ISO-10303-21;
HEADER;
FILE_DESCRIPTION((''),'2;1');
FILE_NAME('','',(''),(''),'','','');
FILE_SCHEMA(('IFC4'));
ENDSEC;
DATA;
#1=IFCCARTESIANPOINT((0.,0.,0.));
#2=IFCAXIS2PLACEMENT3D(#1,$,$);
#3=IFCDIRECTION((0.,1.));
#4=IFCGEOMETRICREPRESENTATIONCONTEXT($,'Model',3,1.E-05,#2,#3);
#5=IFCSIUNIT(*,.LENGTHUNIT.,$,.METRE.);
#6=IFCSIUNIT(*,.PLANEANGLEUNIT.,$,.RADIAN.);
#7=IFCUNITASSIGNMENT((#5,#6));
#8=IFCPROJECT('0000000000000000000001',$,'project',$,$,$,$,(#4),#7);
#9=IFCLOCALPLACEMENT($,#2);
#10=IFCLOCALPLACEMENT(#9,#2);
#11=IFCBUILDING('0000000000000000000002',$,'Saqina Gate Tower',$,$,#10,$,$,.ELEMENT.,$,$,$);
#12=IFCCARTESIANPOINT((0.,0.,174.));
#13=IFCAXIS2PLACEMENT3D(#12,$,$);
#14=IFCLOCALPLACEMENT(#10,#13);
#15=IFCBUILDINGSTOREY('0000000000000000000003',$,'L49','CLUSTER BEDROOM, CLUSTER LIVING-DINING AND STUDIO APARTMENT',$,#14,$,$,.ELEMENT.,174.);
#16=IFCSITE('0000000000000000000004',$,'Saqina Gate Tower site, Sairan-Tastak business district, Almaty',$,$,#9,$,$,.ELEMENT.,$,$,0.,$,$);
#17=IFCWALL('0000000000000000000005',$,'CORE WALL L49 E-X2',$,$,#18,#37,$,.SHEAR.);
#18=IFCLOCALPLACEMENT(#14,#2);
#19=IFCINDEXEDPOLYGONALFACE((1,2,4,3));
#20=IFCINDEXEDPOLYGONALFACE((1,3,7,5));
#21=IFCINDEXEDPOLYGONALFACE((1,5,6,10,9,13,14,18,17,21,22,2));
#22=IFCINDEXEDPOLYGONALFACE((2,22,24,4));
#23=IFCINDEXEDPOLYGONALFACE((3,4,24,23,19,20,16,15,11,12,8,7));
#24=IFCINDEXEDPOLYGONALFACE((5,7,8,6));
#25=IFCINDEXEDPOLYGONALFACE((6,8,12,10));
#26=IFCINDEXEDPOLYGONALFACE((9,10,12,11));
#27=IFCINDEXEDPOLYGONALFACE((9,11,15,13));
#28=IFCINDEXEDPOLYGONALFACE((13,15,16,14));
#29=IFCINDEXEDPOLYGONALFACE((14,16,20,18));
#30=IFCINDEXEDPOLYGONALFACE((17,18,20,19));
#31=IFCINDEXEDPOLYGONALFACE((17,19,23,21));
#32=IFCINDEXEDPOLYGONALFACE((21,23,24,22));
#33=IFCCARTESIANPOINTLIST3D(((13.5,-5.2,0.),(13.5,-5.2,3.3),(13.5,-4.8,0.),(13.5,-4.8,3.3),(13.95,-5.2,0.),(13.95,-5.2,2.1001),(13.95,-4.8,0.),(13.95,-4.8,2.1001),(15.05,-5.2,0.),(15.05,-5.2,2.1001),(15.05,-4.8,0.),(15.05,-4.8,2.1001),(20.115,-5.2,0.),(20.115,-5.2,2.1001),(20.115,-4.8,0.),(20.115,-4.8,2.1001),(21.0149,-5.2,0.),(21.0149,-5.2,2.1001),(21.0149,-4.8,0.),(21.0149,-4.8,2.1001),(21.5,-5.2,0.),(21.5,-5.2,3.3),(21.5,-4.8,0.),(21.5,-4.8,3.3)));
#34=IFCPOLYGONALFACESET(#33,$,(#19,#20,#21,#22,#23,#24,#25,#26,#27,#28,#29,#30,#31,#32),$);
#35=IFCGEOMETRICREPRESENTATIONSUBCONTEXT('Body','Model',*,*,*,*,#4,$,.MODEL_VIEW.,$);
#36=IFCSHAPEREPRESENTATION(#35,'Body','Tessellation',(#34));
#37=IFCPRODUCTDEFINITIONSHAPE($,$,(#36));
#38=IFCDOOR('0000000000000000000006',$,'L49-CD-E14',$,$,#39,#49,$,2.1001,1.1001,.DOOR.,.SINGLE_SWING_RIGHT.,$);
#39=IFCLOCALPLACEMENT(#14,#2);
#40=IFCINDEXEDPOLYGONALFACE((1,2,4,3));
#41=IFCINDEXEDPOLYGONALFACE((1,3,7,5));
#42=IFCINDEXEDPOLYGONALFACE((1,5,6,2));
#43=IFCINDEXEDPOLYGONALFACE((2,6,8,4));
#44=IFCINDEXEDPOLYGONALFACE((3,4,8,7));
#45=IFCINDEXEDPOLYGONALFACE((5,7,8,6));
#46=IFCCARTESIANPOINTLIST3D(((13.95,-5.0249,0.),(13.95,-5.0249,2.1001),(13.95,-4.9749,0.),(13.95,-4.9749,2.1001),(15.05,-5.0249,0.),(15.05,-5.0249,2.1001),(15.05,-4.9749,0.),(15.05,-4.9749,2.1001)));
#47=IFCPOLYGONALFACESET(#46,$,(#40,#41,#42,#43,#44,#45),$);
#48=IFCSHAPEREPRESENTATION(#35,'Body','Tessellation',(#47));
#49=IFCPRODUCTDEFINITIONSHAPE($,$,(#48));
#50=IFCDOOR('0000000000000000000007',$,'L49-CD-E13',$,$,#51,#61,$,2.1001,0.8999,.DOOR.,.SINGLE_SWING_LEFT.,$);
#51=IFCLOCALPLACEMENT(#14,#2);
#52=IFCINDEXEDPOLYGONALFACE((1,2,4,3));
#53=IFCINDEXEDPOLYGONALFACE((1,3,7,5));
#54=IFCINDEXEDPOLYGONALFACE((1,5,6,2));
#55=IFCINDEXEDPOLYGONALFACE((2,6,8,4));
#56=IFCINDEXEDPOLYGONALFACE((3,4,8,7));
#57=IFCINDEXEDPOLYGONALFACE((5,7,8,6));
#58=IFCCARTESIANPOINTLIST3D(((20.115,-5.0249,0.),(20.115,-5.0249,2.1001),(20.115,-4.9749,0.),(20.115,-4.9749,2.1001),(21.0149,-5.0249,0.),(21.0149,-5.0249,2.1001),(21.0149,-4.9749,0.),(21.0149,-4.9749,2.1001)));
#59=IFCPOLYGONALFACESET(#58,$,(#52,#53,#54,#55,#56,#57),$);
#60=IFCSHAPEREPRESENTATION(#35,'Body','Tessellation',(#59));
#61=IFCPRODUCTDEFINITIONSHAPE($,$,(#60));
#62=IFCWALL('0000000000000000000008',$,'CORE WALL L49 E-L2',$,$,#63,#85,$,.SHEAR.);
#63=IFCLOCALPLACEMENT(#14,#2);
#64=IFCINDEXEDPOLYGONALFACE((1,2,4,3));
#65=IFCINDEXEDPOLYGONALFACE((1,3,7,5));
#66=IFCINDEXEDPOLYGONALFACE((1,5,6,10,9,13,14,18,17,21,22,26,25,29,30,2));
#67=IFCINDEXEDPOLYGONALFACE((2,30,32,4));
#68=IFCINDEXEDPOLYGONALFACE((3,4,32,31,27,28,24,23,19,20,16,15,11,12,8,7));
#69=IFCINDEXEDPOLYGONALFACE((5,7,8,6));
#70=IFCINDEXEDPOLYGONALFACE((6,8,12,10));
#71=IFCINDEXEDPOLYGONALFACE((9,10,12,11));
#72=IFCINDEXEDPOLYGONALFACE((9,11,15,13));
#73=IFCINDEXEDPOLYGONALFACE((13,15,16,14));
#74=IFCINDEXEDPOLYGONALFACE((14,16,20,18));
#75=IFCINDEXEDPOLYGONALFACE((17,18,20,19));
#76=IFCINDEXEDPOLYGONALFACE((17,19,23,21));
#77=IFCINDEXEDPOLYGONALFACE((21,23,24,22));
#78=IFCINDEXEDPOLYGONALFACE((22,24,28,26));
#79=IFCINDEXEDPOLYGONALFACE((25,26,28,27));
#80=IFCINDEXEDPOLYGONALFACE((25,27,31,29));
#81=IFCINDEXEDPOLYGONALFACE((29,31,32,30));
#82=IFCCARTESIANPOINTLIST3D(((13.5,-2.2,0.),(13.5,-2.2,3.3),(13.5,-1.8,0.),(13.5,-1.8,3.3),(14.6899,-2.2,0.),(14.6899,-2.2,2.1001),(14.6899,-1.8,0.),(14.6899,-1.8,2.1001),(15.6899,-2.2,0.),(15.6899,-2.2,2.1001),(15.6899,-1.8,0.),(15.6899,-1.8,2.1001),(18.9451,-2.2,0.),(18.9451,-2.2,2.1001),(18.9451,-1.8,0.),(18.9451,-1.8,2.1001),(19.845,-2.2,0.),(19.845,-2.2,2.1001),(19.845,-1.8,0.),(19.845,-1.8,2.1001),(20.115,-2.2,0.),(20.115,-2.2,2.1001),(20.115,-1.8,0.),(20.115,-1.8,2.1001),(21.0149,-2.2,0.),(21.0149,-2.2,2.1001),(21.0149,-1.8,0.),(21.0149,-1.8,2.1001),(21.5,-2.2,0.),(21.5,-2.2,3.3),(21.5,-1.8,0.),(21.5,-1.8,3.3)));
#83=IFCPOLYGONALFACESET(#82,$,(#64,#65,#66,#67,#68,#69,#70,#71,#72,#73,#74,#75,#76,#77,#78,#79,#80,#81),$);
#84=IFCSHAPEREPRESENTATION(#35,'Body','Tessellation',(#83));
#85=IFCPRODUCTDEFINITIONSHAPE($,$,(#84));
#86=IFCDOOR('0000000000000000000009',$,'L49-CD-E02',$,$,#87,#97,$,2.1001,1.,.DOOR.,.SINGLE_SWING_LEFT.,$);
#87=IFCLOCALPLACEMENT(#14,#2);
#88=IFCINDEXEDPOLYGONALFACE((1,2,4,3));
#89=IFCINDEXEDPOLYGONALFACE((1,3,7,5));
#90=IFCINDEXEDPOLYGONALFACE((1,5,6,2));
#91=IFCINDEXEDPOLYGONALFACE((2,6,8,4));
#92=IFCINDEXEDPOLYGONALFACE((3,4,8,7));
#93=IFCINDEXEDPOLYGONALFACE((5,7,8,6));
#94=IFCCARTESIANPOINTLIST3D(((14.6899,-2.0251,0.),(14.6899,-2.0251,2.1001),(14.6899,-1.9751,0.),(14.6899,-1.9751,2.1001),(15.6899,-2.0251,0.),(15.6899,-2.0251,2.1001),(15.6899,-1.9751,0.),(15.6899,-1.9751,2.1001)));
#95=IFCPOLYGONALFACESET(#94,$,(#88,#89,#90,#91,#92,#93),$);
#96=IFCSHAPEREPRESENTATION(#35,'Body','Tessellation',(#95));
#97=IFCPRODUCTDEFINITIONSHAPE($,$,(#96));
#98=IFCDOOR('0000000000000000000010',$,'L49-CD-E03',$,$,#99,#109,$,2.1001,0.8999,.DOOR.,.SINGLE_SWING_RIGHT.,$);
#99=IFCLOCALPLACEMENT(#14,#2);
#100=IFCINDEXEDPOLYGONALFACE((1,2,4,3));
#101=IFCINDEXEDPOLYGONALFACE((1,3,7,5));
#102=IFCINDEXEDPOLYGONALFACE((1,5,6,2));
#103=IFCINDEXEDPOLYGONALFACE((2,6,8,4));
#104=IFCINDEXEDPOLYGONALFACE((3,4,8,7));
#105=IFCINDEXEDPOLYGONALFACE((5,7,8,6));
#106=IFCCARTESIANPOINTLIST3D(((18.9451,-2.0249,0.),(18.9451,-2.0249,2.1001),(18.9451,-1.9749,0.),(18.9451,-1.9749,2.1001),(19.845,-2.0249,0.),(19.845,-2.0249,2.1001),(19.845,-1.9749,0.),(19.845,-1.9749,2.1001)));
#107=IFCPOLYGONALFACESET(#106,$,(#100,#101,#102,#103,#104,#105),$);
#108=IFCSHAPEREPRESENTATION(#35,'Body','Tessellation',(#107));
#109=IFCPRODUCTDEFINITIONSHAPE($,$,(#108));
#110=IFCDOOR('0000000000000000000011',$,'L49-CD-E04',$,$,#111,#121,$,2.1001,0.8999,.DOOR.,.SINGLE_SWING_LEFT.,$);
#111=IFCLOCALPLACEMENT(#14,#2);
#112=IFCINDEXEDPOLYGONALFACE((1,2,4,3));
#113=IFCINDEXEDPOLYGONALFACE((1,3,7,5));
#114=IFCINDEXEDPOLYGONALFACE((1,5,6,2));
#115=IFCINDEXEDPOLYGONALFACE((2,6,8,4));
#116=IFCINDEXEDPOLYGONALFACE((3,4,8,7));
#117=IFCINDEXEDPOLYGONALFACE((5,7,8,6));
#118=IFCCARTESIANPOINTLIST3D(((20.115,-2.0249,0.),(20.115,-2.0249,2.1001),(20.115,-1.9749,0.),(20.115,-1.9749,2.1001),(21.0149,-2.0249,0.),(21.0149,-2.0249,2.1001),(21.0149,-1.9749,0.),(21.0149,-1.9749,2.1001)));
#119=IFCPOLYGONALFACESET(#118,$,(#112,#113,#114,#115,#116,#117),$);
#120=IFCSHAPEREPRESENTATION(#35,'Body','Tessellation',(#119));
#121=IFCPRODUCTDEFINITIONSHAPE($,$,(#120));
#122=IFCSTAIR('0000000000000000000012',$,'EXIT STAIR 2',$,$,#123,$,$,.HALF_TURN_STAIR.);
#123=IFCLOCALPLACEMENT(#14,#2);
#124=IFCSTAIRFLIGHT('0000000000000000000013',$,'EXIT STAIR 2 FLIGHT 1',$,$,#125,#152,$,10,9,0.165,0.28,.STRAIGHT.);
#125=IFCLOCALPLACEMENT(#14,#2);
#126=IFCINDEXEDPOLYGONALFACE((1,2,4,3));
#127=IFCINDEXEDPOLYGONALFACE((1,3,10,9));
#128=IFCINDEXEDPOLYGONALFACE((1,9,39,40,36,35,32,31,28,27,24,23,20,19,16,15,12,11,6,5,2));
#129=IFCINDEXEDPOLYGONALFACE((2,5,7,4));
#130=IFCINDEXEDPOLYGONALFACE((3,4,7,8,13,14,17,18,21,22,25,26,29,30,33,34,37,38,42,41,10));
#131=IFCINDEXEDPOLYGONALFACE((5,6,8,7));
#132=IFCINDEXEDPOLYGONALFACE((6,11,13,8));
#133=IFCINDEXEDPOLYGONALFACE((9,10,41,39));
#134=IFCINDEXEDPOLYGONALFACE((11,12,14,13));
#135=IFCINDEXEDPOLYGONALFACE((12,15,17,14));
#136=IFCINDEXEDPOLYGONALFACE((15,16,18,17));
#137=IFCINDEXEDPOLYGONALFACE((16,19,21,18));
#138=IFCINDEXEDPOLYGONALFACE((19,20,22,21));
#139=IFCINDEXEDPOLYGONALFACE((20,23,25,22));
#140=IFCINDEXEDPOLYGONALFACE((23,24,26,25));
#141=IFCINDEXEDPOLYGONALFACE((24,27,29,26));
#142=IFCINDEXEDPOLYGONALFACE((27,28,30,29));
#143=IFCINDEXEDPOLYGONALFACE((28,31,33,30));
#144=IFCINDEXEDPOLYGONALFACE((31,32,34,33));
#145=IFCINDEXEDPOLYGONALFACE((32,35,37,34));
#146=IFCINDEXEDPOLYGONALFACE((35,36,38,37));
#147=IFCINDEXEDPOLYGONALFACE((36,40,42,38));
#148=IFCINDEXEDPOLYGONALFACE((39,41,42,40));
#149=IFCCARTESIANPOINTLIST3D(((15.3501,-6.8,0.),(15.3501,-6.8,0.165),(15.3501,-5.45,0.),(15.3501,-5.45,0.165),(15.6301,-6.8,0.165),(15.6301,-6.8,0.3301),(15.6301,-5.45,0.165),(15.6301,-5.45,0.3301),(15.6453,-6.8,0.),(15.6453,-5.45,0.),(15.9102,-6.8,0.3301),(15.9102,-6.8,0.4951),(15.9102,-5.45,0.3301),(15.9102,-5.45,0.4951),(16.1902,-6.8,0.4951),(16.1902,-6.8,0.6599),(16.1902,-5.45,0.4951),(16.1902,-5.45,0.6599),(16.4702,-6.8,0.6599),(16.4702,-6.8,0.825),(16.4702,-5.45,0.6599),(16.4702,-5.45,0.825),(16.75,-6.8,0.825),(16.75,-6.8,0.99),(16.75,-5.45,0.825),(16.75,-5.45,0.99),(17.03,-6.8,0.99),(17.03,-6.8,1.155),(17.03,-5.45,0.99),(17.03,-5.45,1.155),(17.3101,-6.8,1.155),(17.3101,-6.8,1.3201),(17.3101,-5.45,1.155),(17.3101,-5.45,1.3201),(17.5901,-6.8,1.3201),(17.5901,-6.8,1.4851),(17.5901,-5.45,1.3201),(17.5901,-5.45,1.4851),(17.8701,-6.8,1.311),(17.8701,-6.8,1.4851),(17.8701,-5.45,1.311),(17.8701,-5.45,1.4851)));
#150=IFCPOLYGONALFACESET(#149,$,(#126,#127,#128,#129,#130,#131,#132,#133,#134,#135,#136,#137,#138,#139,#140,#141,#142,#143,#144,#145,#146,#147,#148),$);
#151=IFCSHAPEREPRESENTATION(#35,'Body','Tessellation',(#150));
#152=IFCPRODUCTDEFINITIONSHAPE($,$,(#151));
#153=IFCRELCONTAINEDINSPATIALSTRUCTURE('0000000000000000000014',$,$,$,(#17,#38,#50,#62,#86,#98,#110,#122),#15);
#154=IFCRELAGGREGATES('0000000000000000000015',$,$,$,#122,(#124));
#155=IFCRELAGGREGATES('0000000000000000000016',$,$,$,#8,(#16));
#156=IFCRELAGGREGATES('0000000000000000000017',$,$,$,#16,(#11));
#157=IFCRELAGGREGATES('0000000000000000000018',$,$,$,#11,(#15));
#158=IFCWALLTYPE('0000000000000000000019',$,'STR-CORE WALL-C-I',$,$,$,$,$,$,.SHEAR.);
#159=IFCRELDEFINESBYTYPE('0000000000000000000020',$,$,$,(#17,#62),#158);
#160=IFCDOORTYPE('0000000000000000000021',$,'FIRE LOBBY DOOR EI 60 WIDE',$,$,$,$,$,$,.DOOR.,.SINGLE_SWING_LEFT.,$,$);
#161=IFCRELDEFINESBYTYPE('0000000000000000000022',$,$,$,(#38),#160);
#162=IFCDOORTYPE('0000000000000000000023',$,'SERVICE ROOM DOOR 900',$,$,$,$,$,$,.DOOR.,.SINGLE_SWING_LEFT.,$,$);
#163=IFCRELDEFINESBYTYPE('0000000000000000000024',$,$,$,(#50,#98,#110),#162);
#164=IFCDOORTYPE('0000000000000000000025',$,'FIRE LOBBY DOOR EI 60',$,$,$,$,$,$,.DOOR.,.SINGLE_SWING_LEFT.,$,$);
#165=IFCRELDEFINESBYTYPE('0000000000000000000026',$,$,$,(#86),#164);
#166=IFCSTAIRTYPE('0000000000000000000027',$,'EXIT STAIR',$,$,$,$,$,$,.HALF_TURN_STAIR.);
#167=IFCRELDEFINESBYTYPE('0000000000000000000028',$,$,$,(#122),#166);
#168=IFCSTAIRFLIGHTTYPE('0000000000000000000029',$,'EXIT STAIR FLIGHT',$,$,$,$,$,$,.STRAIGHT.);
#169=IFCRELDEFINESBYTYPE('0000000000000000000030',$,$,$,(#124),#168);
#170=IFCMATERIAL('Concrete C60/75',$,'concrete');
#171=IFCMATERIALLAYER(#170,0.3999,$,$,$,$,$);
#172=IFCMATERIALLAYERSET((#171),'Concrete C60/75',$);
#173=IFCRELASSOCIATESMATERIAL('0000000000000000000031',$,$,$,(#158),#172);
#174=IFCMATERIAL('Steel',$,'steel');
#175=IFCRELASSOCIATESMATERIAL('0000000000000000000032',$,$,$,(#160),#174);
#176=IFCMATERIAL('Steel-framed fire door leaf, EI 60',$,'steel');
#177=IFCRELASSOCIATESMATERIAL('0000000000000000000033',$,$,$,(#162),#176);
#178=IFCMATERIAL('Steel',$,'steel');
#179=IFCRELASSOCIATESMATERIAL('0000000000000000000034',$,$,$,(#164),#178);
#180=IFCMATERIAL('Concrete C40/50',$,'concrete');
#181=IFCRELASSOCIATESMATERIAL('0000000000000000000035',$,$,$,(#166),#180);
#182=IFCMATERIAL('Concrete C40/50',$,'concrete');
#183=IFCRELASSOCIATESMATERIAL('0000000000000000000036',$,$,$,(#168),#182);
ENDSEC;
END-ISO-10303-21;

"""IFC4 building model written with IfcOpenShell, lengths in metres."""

from ifc_helpers import new_model, si_unit, direction, frame, frame_2d, origin, place, context, subcontext, project, spatial, polyline, rectangle, outline, extrude, material, layer, layer_set, type_object, element, fill, aggregate, save


model = new_model("IFC4")

# Units and contexts
model_context = context("Model", 3, precision=1e-05, world=origin(), true_north=direction((0.0, 1.0)))
body_context = subcontext(model_context, "Body", "Model", "MODEL_VIEW")
ifc_project = project(units=[si_unit("LENGTHUNIT", "METRE"), si_unit("PLANEANGLEUNIT", "RADIAN")], contexts=[model_context])

# Site, building, storey
site_placement = place(None, origin())
site = spatial("IfcSite", under=ifc_project, at=site_placement, Name="Saqina Gate Tower site, Sairan-Tastak business district, Almaty", CompositionType="ELEMENT", RefElevation=0.0)
building_placement = place(site_placement, origin())
building = spatial("IfcBuilding", under=site, at=building_placement, Name="Saqina Gate Tower", CompositionType="ELEMENT")
storey_placement = place(building_placement, frame((0.0, 0.0, 174.0)))
storey = spatial("IfcBuildingStorey", under=building, at=storey_placement, Name="L49", Description="CLUSTER BEDROOM, CLUSTER LIVING-DINING AND STUDIO APARTMENT", CompositionType="ELEMENT", Elevation=174.0)

# Walls, openings, doors
ifc_material_1 = material(Name="Concrete C60/75", Category="concrete")
ifc_layer_1 = layer(ifc_material_1, 0.3999)
ifc_layer_set_1 = layer_set([ifc_layer_1], Name="Concrete C60/75")
wall_type_1 = type_object("IfcWallType", Name="STR-CORE WALL-C-I", PredefinedType="SHEAR", material=ifc_layer_set_1)
wall_1_placement = place(storey_placement, frame((13.5, -5.0, 0.0), z_axis=(0.0, 0.0, 1.0), x_axis=(1.0, 0.0, 0.0)))
wall_1 = element("IfcWall", 1, at=wall_1_placement, inside=storey, type_object=wall_type_1, Name="CORE WALL L49 E-X2", PredefinedType="SHEAR", context=body_context, shape_type="SweptSolid", body=[
    extrude(rectangle(XDim=8.0, YDim=0.3999, at=frame_2d((4.0, 0.0))), origin(), (0.0, 0.0, 1.0), 3.3),
])
opening_1_placement = place(wall_1_placement, frame((6.615, 0.0, 0.0)))
opening_1 = element("IfcOpeningElement", 2, at=opening_1_placement, cuts=wall_1, PredefinedType="OPENING", context=body_context, shape_type="SweptSolid", body=[
    extrude(rectangle(XDim=0.8999, YDim=2.1001, at=frame_2d((0.45, 1.05))), frame((0.0, 0.2119, 0.0), z_axis=(0.0, -1.0, 0.0), x_axis=(1.0, 0.0, 0.0)), (0.0, 0.0, 1.0), 0.4238),
])
opening_2_placement = place(wall_1_placement, frame((0.45, 0.0, 0.0)))
opening_2 = element("IfcOpeningElement", 3, at=opening_2_placement, cuts=wall_1, PredefinedType="OPENING", context=body_context, shape_type="SweptSolid", body=[
    extrude(rectangle(XDim=1.1001, YDim=2.1001, at=frame_2d((0.55, 1.05))), frame((0.0, 0.2119, 0.0), z_axis=(0.0, -1.0, 0.0), x_axis=(1.0, 0.0, 0.0)), (0.0, 0.0, 1.0), 0.4238),
])
ifc_material_2 = material(Name="Steel", Category="steel")
door_type_1 = type_object("IfcDoorType", Name="FIRE LOBBY DOOR EI 60 WIDE", OperationType="SINGLE_SWING_LEFT", PredefinedType="DOOR", material=ifc_material_2)
door_1_placement = place(opening_2_placement, frame((1.1001, 0.0, 0.0), z_axis=(0.0, 0.0, 1.0), x_axis=(-1.0, 0.0, 0.0)))
door_1 = element("IfcDoor", 4, at=door_1_placement, inside=storey, type_object=door_type_1, Name="L49-CD-E14", OperationType="SINGLE_SWING_RIGHT", OverallHeight=2.1001, OverallWidth=1.1001, PredefinedType="DOOR", context=body_context, shape_type="SweptSolid", body=[
    extrude(rectangle(XDim=1.1001, YDim=2.1001, at=frame_2d((0.55, 1.05))), frame((0.0, 0.0249, 0.0), z_axis=(0.0, -1.0, 0.0), x_axis=(1.0, 0.0, 0.0)), (0.0, 0.0, 1.0), 0.05),
])
fill(opening_2, door_1)
ifc_material_3 = material(Name="Steel-framed fire door leaf, EI 60", Category="steel")
door_type_2 = type_object("IfcDoorType", Name="SERVICE ROOM DOOR 900", OperationType="SINGLE_SWING_LEFT", PredefinedType="DOOR", material=ifc_material_3)
door_2_placement = place(opening_1_placement, frame((0.8999, 0.0, 0.0), z_axis=(0.0, 0.0, 1.0), x_axis=(-1.0, 0.0, 0.0)))
door_2 = element("IfcDoor", 5, at=door_2_placement, inside=storey, type_object=door_type_2, Name="L49-CD-E13", OperationType="SINGLE_SWING_LEFT", OverallHeight=2.1001, OverallWidth=0.8999, PredefinedType="DOOR", context=body_context, shape_type="SweptSolid", body=[
    extrude(rectangle(XDim=0.8999, YDim=2.1001, at=frame_2d((0.45, 1.05))), frame((0.0, 0.0249, 0.0), z_axis=(0.0, -1.0, 0.0), x_axis=(1.0, 0.0, 0.0)), (0.0, 0.0, 1.0), 0.05),
])
fill(opening_1, door_2)
wall_2_placement = place(storey_placement, frame((13.5, -2.0, 0.0), z_axis=(0.0, 0.0, 1.0), x_axis=(1.0, 0.0, 0.0)))
wall_2 = element("IfcWall", 6, at=wall_2_placement, inside=storey, type_object=wall_type_1, Name="CORE WALL L49 E-L2", PredefinedType="SHEAR", context=body_context, shape_type="SweptSolid", body=[
    extrude(rectangle(XDim=8.0, YDim=0.3999, at=frame_2d((4.0, 0.0))), origin(), (0.0, 0.0, 1.0), 3.3),
])
opening_3_placement = place(wall_2_placement, frame((1.1899, 0.0, 0.0)))
opening_3 = element("IfcOpeningElement", 7, at=opening_3_placement, cuts=wall_2, PredefinedType="OPENING", context=body_context, shape_type="SweptSolid", body=[
    extrude(rectangle(XDim=1.0, YDim=2.1001, at=frame_2d((0.5, 1.05))), frame((0.0, 0.2119, 0.0), z_axis=(0.0, -1.0, 0.0), x_axis=(1.0, 0.0, 0.0)), (0.0, 0.0, 1.0), 0.4238),
])
opening_4_placement = place(wall_2_placement, frame((5.4451, 0.0, 0.0)))
opening_4 = element("IfcOpeningElement", 8, at=opening_4_placement, cuts=wall_2, PredefinedType="OPENING", context=body_context, shape_type="SweptSolid", body=[
    extrude(rectangle(XDim=0.8999, YDim=2.1001, at=frame_2d((0.45, 1.05))), frame((0.0, 0.2119, 0.0), z_axis=(0.0, -1.0, 0.0), x_axis=(1.0, 0.0, 0.0)), (0.0, 0.0, 1.0), 0.4238),
])
opening_5_placement = place(wall_2_placement, frame((6.615, 0.0, 0.0)))
opening_5 = element("IfcOpeningElement", 9, at=opening_5_placement, cuts=wall_2, PredefinedType="OPENING", context=body_context, shape_type="SweptSolid", body=[
    extrude(rectangle(XDim=0.8999, YDim=2.1001, at=frame_2d((0.45, 1.05))), frame((0.0, 0.2119, 0.0), z_axis=(0.0, -1.0, 0.0), x_axis=(1.0, 0.0, 0.0)), (0.0, 0.0, 1.0), 0.4238),
])
ifc_material_4 = material(Name="Steel", Category="steel")
door_type_3 = type_object("IfcDoorType", Name="FIRE LOBBY DOOR EI 60", OperationType="SINGLE_SWING_LEFT", PredefinedType="DOOR", material=ifc_material_4)
door_3_placement = place(opening_3_placement, origin())
door_3 = element("IfcDoor", 10, at=door_3_placement, inside=storey, type_object=door_type_3, Name="L49-CD-E02", OperationType="SINGLE_SWING_LEFT", OverallHeight=2.1001, OverallWidth=1.0, PredefinedType="DOOR", context=body_context, shape_type="SweptSolid", body=[
    extrude(rectangle(XDim=1.0, YDim=2.1001, at=frame_2d((0.5, 1.05))), frame((0.0, 0.0249, 0.0), z_axis=(0.0, -1.0, 0.0), x_axis=(1.0, 0.0, 0.0)), (0.0, 0.0, 1.0), 0.05),
])
fill(opening_3, door_3)
door_4_placement = place(opening_4_placement, frame((0.8999, 0.0, 0.0), z_axis=(0.0, 0.0, 1.0), x_axis=(-1.0, 0.0, 0.0)))
door_4 = element("IfcDoor", 11, at=door_4_placement, inside=storey, type_object=door_type_2, Name="L49-CD-E03", OperationType="SINGLE_SWING_RIGHT", OverallHeight=2.1001, OverallWidth=0.8999, PredefinedType="DOOR", context=body_context, shape_type="SweptSolid", body=[
    extrude(rectangle(XDim=0.8999, YDim=2.1001, at=frame_2d((0.45, 1.05))), frame((0.0, 0.0249, 0.0), z_axis=(0.0, -1.0, 0.0), x_axis=(1.0, 0.0, 0.0)), (0.0, 0.0, 1.0), 0.05),
])
fill(opening_4, door_4)
door_5_placement = place(opening_5_placement, frame((0.8999, 0.0, 0.0), z_axis=(0.0, 0.0, 1.0), x_axis=(-1.0, 0.0, 0.0)))
door_5 = element("IfcDoor", 12, at=door_5_placement, inside=storey, type_object=door_type_2, Name="L49-CD-E04", OperationType="SINGLE_SWING_LEFT", OverallHeight=2.1001, OverallWidth=0.8999, PredefinedType="DOOR", context=body_context, shape_type="SweptSolid", body=[
    extrude(rectangle(XDim=0.8999, YDim=2.1001, at=frame_2d((0.45, 1.05))), frame((0.0, 0.0249, 0.0), z_axis=(0.0, -1.0, 0.0), x_axis=(1.0, 0.0, 0.0)), (0.0, 0.0, 1.0), 0.05),
])
fill(opening_5, door_5)

# Stair, stair flight
ifc_material_5 = material(Name="Concrete C40/50", Category="concrete")
stair_type = type_object("IfcStairType", Name="EXIT STAIR", PredefinedType="HALF_TURN_STAIR", material=ifc_material_5)
stair_placement = place(storey_placement, origin())
stair = element("IfcStair", 13, at=stair_placement, inside=storey, type_object=stair_type, Name="EXIT STAIR 2", PredefinedType="HALF_TURN_STAIR")
ifc_material_6 = material(Name="Concrete C40/50", Category="concrete")
stair_flight_type = type_object("IfcStairFlightType", Name="EXIT STAIR FLIGHT", PredefinedType="STRAIGHT", material=ifc_material_6)
stair_flight_1_placement = place(storey_placement, frame((15.3501, -6.125, 0.0), z_axis=(0.0, 0.0, 1.0), x_axis=(1.0, 0.0, 0.0)))
stair_flight_1 = element("IfcStairFlight", 14, at=stair_flight_1_placement, type_object=stair_flight_type, Name="EXIT STAIR 2 FLIGHT 1", NumberOfRisers=10, NumberOfTreads=9, PredefinedType="STRAIGHT", RiserHeight=0.165, TreadLength=0.28, context=body_context, shape_type="SweptSolid", body=[
    extrude(outline(polyline([(0.0, 0.0), (0.0, 0.165), (0.28, 0.165), (0.28, 0.3301), (0.5601, 0.3301), (0.5601, 0.4951), (0.8401, 0.4951), (0.8401, 0.6599), (1.1201, 0.6599), (1.1201, 0.825), (1.3999, 0.825), (1.3999, 0.99), (1.6799, 0.99), (1.6799, 1.155), (1.96, 1.155), (1.96, 1.3201), (2.24, 1.3201), (2.24, 1.4851), (2.52, 1.4851), (2.52, 1.6499), (2.52, 1.311), (0.2952, 0.0), (0.0, 0.0)])), frame((0.0, 0.675, 0.0), z_axis=(0.0, -1.0, 0.0), x_axis=(1.0, 0.0, 0.0)), (0.0, 0.0, 1.0), 1.3501),
])
aggregate(stair, [stair_flight_1])

save(model, "model.ifc")
